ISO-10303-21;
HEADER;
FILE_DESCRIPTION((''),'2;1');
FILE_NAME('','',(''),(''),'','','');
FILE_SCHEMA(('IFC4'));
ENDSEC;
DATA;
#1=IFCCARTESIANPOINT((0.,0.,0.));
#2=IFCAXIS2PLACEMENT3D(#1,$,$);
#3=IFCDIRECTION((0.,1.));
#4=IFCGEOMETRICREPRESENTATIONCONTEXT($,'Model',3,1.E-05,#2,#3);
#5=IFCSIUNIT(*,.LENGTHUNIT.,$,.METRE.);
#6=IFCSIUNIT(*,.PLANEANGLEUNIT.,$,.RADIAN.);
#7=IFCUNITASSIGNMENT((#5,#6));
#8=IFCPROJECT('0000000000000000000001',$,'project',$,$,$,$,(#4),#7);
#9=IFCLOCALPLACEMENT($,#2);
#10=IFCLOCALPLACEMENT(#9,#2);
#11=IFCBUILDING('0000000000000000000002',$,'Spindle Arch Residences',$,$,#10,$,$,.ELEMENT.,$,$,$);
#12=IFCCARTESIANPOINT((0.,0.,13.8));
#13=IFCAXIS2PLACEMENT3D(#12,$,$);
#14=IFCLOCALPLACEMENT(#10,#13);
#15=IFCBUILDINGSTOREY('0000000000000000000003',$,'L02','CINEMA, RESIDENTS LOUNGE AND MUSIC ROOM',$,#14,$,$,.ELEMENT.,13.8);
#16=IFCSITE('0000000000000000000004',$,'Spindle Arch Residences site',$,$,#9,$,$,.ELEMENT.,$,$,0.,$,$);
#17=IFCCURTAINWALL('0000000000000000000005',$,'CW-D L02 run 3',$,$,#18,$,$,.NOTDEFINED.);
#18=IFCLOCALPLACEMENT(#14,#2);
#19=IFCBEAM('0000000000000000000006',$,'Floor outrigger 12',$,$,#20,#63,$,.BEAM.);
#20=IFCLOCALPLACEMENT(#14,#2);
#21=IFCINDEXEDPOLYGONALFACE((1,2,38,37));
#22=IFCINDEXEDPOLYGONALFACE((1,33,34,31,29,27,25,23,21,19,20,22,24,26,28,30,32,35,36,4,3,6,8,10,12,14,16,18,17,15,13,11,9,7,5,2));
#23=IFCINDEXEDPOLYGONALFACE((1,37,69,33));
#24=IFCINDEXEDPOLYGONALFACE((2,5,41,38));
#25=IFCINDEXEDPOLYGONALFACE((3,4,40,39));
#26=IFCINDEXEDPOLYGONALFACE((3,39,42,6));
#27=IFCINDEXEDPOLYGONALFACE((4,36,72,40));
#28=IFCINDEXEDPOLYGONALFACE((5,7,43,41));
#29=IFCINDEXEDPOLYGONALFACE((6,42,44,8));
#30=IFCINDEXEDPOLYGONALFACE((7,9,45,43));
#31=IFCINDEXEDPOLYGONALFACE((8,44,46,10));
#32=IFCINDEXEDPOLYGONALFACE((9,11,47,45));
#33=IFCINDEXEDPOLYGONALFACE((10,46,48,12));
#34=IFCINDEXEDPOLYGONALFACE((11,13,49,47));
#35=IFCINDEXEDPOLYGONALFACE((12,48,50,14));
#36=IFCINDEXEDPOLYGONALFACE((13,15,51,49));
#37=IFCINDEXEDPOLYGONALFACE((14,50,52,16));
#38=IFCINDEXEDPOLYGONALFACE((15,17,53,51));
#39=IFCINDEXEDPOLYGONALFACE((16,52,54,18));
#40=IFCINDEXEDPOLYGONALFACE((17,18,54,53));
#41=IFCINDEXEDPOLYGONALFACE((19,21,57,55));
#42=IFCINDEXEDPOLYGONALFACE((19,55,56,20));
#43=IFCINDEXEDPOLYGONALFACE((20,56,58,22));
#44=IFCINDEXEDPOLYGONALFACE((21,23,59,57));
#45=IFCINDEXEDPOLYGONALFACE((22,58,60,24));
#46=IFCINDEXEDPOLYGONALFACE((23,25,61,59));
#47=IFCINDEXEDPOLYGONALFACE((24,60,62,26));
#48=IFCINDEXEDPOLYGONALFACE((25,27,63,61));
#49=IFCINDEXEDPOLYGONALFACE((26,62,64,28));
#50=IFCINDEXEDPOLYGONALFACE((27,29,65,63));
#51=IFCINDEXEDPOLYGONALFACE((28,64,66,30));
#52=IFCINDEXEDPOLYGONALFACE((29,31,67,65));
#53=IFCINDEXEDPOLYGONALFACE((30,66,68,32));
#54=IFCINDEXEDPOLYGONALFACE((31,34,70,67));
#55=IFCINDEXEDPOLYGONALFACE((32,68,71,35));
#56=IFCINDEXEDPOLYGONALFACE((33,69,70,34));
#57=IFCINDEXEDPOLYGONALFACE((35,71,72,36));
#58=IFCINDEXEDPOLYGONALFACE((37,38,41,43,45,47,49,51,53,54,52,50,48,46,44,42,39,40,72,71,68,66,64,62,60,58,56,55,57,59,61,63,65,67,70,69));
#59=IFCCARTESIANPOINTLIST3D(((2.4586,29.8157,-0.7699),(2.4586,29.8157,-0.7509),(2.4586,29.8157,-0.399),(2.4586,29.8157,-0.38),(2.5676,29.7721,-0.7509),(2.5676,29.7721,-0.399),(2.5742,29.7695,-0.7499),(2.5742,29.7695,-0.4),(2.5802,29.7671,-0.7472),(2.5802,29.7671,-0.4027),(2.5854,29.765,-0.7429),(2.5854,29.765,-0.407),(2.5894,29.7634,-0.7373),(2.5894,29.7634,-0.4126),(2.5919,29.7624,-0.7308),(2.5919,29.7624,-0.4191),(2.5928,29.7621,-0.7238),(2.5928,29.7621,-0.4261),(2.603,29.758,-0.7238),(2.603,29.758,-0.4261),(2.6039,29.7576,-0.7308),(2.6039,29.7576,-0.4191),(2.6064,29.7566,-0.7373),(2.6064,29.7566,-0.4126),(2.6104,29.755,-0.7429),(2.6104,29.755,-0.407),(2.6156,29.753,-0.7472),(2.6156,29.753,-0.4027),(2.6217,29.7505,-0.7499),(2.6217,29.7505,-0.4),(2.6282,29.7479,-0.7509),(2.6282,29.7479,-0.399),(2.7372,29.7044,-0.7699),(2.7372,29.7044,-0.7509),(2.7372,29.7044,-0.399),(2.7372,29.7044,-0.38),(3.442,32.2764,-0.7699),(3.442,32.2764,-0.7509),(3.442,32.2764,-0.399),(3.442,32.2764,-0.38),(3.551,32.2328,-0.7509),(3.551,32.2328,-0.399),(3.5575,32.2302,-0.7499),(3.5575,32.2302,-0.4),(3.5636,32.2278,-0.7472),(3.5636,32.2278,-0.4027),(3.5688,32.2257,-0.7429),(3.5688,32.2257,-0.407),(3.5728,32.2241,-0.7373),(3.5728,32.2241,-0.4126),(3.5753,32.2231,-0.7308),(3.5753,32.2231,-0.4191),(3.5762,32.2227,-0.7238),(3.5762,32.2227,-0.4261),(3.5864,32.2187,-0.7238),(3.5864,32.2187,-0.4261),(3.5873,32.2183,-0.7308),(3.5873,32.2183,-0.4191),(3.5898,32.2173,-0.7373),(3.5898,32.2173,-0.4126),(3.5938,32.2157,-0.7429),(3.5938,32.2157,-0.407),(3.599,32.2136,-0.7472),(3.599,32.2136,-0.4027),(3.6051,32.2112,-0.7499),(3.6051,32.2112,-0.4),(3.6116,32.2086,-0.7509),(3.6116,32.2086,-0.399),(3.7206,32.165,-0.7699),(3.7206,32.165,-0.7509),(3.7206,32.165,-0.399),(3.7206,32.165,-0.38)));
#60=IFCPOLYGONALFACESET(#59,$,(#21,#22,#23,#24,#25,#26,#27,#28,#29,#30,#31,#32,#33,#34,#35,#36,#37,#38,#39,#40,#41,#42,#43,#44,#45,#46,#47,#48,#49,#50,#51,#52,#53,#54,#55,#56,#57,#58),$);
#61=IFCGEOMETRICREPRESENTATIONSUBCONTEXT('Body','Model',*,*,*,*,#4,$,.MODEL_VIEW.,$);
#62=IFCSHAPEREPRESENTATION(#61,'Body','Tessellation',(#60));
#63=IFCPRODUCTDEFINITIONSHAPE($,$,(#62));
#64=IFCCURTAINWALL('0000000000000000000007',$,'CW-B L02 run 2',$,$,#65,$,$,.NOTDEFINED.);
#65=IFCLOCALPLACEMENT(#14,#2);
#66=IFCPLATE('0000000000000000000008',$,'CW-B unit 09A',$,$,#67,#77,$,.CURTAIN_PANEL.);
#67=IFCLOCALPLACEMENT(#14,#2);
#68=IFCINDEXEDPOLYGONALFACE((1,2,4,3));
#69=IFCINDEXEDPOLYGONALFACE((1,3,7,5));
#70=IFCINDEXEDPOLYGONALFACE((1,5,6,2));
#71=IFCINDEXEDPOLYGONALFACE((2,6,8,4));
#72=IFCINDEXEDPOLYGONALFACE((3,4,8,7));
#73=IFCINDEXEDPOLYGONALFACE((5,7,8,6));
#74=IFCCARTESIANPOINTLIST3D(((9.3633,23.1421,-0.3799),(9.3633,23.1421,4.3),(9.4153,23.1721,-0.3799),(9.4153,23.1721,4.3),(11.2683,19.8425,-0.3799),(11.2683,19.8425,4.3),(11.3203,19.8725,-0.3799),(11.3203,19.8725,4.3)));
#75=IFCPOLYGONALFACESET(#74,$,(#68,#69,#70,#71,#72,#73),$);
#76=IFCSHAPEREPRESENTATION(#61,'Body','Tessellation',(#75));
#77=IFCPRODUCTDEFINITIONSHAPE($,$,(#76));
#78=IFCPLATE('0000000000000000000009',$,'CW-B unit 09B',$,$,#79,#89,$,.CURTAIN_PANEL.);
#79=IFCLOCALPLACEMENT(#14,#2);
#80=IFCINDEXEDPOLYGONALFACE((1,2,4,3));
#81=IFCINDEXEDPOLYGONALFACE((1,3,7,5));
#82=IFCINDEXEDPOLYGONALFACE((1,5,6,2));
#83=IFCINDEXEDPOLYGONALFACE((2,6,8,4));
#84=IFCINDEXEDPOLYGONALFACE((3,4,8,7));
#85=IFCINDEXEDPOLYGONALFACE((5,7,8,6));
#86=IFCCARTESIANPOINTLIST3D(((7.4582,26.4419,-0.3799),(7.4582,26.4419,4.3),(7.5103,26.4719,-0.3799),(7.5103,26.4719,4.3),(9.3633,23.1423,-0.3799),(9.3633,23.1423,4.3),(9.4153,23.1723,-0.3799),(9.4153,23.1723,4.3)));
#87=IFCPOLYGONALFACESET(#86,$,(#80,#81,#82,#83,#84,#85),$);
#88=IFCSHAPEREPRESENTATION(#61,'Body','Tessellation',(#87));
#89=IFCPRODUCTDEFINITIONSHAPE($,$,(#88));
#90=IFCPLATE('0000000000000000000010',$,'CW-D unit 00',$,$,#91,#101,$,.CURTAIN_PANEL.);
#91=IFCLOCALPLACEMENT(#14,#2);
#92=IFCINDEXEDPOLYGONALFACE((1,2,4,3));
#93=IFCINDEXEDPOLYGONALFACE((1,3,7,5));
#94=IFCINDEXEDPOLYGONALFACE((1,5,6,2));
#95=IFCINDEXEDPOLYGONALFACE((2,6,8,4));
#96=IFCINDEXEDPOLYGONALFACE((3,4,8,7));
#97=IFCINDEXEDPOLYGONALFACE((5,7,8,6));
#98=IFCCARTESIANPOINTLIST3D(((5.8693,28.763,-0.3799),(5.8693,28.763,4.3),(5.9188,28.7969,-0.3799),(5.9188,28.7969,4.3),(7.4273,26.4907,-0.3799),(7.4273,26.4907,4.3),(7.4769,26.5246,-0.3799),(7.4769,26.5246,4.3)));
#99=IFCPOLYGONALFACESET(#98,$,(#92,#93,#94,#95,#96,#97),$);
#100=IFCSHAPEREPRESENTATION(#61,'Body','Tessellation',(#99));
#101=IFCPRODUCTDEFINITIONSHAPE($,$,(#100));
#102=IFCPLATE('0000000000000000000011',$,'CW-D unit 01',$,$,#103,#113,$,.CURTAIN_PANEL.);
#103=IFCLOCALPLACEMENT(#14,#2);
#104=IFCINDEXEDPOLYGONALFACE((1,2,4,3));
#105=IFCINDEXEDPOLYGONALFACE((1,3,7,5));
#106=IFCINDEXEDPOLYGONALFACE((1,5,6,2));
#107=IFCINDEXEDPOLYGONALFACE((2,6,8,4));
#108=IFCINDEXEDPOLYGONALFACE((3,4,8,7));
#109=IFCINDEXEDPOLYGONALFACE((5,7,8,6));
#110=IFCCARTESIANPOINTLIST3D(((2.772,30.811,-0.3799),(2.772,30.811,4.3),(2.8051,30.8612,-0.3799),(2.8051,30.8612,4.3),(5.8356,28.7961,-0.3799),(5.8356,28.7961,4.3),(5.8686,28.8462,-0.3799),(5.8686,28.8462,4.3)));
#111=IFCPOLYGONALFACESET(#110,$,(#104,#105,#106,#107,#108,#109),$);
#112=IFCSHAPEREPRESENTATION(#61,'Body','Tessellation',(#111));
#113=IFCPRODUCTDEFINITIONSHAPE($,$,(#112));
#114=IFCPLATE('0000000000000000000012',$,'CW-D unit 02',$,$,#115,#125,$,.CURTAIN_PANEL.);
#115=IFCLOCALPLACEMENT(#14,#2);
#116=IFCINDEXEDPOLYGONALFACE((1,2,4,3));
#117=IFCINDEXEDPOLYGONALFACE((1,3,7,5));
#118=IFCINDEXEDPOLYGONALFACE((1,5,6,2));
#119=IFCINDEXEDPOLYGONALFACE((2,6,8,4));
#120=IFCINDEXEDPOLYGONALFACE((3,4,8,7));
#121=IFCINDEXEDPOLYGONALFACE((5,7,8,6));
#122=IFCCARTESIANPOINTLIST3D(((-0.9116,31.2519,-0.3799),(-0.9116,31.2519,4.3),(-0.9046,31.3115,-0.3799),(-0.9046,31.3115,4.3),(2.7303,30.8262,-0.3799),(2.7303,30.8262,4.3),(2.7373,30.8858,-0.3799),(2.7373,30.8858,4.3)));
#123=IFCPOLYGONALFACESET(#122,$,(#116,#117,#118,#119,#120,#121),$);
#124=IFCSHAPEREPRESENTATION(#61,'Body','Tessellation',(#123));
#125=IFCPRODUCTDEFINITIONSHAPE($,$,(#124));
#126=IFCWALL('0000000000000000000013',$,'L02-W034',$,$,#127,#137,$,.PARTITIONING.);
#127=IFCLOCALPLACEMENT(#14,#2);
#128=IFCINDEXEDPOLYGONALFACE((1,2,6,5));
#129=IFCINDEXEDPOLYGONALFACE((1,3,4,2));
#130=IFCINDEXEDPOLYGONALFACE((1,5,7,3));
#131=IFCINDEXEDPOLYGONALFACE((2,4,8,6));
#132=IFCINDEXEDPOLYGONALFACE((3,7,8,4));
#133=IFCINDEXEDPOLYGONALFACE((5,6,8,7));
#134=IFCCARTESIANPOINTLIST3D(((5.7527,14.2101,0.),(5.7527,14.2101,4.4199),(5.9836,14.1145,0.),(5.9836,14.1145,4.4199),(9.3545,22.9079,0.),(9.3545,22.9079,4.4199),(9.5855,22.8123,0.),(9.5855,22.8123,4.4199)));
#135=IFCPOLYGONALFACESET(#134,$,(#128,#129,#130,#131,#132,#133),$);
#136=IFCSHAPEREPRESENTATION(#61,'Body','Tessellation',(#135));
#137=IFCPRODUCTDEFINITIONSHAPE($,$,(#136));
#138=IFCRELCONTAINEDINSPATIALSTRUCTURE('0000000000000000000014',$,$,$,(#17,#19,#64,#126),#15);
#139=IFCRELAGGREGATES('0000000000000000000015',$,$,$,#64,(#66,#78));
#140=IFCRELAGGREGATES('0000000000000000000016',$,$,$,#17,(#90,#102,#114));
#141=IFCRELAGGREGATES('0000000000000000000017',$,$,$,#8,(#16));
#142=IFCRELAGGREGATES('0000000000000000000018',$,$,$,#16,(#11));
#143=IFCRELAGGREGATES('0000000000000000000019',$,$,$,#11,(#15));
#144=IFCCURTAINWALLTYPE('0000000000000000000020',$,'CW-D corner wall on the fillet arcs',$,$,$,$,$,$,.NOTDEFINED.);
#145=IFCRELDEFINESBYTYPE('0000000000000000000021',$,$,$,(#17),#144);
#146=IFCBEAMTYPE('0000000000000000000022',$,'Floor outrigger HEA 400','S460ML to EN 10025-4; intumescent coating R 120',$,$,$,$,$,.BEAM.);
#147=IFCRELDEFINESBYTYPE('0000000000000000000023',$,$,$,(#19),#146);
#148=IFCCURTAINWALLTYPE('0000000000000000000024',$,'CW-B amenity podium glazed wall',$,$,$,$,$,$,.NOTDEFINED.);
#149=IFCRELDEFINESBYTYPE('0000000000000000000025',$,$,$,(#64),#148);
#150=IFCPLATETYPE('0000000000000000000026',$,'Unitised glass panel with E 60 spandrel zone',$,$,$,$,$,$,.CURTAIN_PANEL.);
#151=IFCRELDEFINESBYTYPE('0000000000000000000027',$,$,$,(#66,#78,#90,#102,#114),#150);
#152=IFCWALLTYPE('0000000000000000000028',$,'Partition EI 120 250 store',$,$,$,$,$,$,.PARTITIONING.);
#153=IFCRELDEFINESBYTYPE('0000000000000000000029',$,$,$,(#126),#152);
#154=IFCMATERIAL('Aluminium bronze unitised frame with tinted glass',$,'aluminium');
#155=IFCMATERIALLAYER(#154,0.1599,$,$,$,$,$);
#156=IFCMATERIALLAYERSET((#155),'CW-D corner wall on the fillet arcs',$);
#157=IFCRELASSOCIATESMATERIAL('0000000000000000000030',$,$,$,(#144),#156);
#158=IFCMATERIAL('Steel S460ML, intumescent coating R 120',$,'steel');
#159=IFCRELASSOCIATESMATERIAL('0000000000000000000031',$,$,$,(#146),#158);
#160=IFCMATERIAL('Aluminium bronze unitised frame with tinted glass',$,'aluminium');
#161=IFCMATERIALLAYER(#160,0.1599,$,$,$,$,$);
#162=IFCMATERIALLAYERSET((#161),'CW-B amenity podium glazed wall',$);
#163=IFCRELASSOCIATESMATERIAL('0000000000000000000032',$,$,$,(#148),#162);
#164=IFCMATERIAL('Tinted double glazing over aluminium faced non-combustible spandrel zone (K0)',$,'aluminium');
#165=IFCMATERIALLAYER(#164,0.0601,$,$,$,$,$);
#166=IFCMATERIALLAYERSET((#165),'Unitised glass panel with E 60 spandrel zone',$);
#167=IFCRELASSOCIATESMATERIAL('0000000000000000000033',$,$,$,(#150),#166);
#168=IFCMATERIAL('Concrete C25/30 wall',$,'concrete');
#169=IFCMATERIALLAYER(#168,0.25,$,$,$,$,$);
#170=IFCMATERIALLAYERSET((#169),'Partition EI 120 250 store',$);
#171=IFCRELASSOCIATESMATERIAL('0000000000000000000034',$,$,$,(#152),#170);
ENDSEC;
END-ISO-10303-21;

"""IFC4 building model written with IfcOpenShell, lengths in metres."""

from ifc_helpers import new_model, si_unit, direction, frame, frame_2d, origin, origin_2d, place, context, subcontext, project, spatial, rectangle, i_section, extrude, material, layer, layer_set, material_profile, profile_set, type_object, element, aggregate, save


model = new_model("IFC4")

# Units and contexts
model_context = context("Model", 3, precision=1e-05, world=origin(), true_north=direction((0.0, 1.0)))
body_context = subcontext(model_context, "Body", "Model", "MODEL_VIEW")
ifc_project = project(units=[si_unit("LENGTHUNIT", "METRE"), si_unit("PLANEANGLEUNIT", "RADIAN")], contexts=[model_context])

# Site, building, storey
site_placement = place(None, origin())
site = spatial("IfcSite", under=ifc_project, at=site_placement, Name="Spindle Arch Residences site", CompositionType="ELEMENT", RefElevation=0.0)
building_placement = place(site_placement, origin())
building = spatial("IfcBuilding", under=site, at=building_placement, Name="Spindle Arch Residences", CompositionType="ELEMENT")
storey_placement = place(building_placement, frame((0.0, 0.0, 13.8)))
storey = spatial("IfcBuildingStorey", under=building, at=storey_placement, Name="L02", Description="CINEMA, RESIDENTS LOUNGE AND MUSIC ROOM", CompositionType="ELEMENT", Elevation=13.8)

# Curtain wall
ifc_material_1 = material(Name="Aluminium bronze unitised frame with tinted glass", Category="aluminium")
ifc_layer_1 = layer(ifc_material_1, 0.1599)
ifc_layer_set_1 = layer_set([ifc_layer_1], Name="CW-D corner wall on the fillet arcs")
curtain_wall_type_1 = type_object("IfcCurtainWallType", Name="CW-D corner wall on the fillet arcs", PredefinedType="NOTDEFINED", material=ifc_layer_set_1)
curtain_wall_1_placement = place(storey_placement, origin())
curtain_wall_1 = element("IfcCurtainWall", 1, at=curtain_wall_1_placement, inside=storey, type_object=curtain_wall_type_1, Name="CW-D L02 run 3", PredefinedType="NOTDEFINED")

# Beam
ifc_material_2 = material(Name="Steel S460ML, intumescent coating R 120", Category="steel")
ifc_material_profile_1 = material_profile(ifc_material_2, i_section(OverallWidth=0.3, OverallDepth=0.3899, WebThickness=0.011, FlangeThickness=0.019, FilletRadius=0.0271, at=origin_2d()), Name="HEA 400")
ifc_profile_set_1 = profile_set([ifc_material_profile_1], Name="Steel S460ML, intumescent coating R 120")
beam_type_1 = type_object("IfcBeamType", Name="Floor outrigger HEA 400", Description="S460ML to EN 10025-4; intumescent coating R 120", PredefinedType="BEAM", material=ifc_profile_set_1)
beam_1_placement = place(storey_placement, frame((3.5813, 32.2207, -0.575), z_axis=(-0.371105, -0.928591, 0.0), x_axis=(0.928591, -0.371105, 0.0)))
element("IfcBeam", 2, at=beam_1_placement, inside=storey, type_object=beam_type_1, Name="Floor outrigger 12", PredefinedType="BEAM", context=body_context, shape_type="SweptSolid", body=[
    extrude(i_section(OverallWidth=0.3, OverallDepth=0.3899, WebThickness=0.011, FlangeThickness=0.019, FilletRadius=0.0271, at=origin_2d()), origin(), (0.0, 0.0, 1.0), 2.6499),
])

# Curtain wall, plates
ifc_material_3 = material(Name="Aluminium bronze unitised frame with tinted glass", Category="aluminium")
ifc_layer_2 = layer(ifc_material_3, 0.1599)
ifc_layer_set_2 = layer_set([ifc_layer_2], Name="CW-B amenity podium glazed wall")
curtain_wall_type_2 = type_object("IfcCurtainWallType", Name="CW-B amenity podium glazed wall", PredefinedType="NOTDEFINED", material=ifc_layer_set_2)
curtain_wall_2_placement = place(storey_placement, origin())
curtain_wall_2 = element("IfcCurtainWall", 3, at=curtain_wall_2_placement, inside=storey, type_object=curtain_wall_type_2, Name="CW-B L02 run 2", PredefinedType="NOTDEFINED")
ifc_material_4 = material(Name="Tinted double glazing over aluminium faced non-combustible spandrel zone (K0)", Category="aluminium")
ifc_layer_3 = layer(ifc_material_4, 0.0601)
ifc_layer_set_3 = layer_set([ifc_layer_3], Name="Unitised glass panel with E 60 spandrel zone")
plate_type = type_object("IfcPlateType", Name="Unitised glass panel with E 60 spandrel zone", PredefinedType="CURTAIN_PANEL", material=ifc_layer_set_3)
plate_1_placement = place(storey_placement, frame((10.3418, 21.5073, -0.3799), z_axis=(0.0, 0.0, 1.0), x_axis=(-0.5, 0.866025, 0.0)))
plate_1 = element("IfcPlate", 4, at=plate_1_placement, type_object=plate_type, Name="CW-B unit 09A", PredefinedType="CURTAIN_PANEL", context=body_context, shape_type="SweptSolid", body=[
    extrude(rectangle(XDim=3.8101, YDim=0.0601, at=origin_2d()), origin(), (0.0, 0.0, 1.0), 4.6799),
])
plate_2_placement = place(storey_placement, frame((8.4368, 24.8071, -0.3799), z_axis=(0.0, 0.0, 1.0), x_axis=(-0.5, 0.866025, 0.0)))
plate_2 = element("IfcPlate", 5, at=plate_2_placement, type_object=plate_type, Name="CW-B unit 09B", PredefinedType="CURTAIN_PANEL", context=body_context, shape_type="SweptSolid", body=[
    extrude(rectangle(XDim=3.8101, YDim=0.0601, at=origin_2d()), origin(), (0.0, 0.0, 1.0), 4.6799),
])
aggregate(curtain_wall_2, [plate_1, plate_2])

# Plates
plate_3_placement = place(storey_placement, frame((6.6731, 27.6438, -0.3799), z_axis=(0.0, 0.0, 1.0), x_axis=(-0.565501, 0.824748, 0.0)))
plate_3 = element("IfcPlate", 6, at=plate_3_placement, type_object=plate_type, Name="CW-D unit 00", PredefinedType="CURTAIN_PANEL", context=body_context, shape_type="SweptSolid", body=[
    extrude(rectangle(XDim=2.7551, YDim=0.0601, at=origin_2d()), origin(), (0.0, 0.0, 1.0), 4.6799),
])
plate_4_placement = place(storey_placement, frame((4.3203, 29.8286, -0.3799), z_axis=(0.0, 0.0, 1.0), x_axis=(-0.835488, 0.549509, 0.0)))
plate_4 = element("IfcPlate", 7, at=plate_4_placement, type_object=plate_type, Name="CW-D unit 01", PredefinedType="CURTAIN_PANEL", context=body_context, shape_type="SweptSolid", body=[
    extrude(rectangle(XDim=3.6667, YDim=0.0601, at=origin_2d()), origin(), (0.0, 0.0, 1.0), 4.6799),
])
plate_5_placement = place(storey_placement, frame((0.9128, 31.0688, -0.3799), z_axis=(0.0, 0.0, 1.0), x_axis=(-0.993238, 0.116093, 0.0)))
plate_5 = element("IfcPlate", 8, at=plate_5_placement, type_object=plate_type, Name="CW-D unit 02", PredefinedType="CURTAIN_PANEL", context=body_context, shape_type="SweptSolid", body=[
    extrude(rectangle(XDim=3.6667, YDim=0.0601, at=origin_2d()), origin(), (0.0, 0.0, 1.0), 4.6799),
])
aggregate(curtain_wall_1, [plate_3, plate_4, plate_5])

# Wall
ifc_material_5 = material(Name="Concrete C25/30 wall", Category="concrete")
ifc_layer_4 = layer(ifc_material_5, 0.25)
ifc_layer_set_4 = layer_set([ifc_layer_4], Name="Partition EI 120 250 store")
wall_type = type_object("IfcWallType", Name="Partition EI 120 250 store", PredefinedType="PARTITIONING", material=ifc_layer_set_4)
wall_placement = place(storey_placement, frame((9.47, 22.8601, 0.0), z_axis=(0.0, 0.0, 1.0), x_axis=(-0.3826, -0.923914, 0.0)))
element("IfcWall", 9, at=wall_placement, inside=storey, type_object=wall_type, Name="L02-W034", PredefinedType="PARTITIONING", context=body_context, shape_type="SweptSolid", body=[
    extrude(rectangle(XDim=9.4141, YDim=0.25, at=frame_2d((4.707, 0.0))), origin(), (0.0, 0.0, 1.0), 4.4199),
])

save(model, "model.ifc")
